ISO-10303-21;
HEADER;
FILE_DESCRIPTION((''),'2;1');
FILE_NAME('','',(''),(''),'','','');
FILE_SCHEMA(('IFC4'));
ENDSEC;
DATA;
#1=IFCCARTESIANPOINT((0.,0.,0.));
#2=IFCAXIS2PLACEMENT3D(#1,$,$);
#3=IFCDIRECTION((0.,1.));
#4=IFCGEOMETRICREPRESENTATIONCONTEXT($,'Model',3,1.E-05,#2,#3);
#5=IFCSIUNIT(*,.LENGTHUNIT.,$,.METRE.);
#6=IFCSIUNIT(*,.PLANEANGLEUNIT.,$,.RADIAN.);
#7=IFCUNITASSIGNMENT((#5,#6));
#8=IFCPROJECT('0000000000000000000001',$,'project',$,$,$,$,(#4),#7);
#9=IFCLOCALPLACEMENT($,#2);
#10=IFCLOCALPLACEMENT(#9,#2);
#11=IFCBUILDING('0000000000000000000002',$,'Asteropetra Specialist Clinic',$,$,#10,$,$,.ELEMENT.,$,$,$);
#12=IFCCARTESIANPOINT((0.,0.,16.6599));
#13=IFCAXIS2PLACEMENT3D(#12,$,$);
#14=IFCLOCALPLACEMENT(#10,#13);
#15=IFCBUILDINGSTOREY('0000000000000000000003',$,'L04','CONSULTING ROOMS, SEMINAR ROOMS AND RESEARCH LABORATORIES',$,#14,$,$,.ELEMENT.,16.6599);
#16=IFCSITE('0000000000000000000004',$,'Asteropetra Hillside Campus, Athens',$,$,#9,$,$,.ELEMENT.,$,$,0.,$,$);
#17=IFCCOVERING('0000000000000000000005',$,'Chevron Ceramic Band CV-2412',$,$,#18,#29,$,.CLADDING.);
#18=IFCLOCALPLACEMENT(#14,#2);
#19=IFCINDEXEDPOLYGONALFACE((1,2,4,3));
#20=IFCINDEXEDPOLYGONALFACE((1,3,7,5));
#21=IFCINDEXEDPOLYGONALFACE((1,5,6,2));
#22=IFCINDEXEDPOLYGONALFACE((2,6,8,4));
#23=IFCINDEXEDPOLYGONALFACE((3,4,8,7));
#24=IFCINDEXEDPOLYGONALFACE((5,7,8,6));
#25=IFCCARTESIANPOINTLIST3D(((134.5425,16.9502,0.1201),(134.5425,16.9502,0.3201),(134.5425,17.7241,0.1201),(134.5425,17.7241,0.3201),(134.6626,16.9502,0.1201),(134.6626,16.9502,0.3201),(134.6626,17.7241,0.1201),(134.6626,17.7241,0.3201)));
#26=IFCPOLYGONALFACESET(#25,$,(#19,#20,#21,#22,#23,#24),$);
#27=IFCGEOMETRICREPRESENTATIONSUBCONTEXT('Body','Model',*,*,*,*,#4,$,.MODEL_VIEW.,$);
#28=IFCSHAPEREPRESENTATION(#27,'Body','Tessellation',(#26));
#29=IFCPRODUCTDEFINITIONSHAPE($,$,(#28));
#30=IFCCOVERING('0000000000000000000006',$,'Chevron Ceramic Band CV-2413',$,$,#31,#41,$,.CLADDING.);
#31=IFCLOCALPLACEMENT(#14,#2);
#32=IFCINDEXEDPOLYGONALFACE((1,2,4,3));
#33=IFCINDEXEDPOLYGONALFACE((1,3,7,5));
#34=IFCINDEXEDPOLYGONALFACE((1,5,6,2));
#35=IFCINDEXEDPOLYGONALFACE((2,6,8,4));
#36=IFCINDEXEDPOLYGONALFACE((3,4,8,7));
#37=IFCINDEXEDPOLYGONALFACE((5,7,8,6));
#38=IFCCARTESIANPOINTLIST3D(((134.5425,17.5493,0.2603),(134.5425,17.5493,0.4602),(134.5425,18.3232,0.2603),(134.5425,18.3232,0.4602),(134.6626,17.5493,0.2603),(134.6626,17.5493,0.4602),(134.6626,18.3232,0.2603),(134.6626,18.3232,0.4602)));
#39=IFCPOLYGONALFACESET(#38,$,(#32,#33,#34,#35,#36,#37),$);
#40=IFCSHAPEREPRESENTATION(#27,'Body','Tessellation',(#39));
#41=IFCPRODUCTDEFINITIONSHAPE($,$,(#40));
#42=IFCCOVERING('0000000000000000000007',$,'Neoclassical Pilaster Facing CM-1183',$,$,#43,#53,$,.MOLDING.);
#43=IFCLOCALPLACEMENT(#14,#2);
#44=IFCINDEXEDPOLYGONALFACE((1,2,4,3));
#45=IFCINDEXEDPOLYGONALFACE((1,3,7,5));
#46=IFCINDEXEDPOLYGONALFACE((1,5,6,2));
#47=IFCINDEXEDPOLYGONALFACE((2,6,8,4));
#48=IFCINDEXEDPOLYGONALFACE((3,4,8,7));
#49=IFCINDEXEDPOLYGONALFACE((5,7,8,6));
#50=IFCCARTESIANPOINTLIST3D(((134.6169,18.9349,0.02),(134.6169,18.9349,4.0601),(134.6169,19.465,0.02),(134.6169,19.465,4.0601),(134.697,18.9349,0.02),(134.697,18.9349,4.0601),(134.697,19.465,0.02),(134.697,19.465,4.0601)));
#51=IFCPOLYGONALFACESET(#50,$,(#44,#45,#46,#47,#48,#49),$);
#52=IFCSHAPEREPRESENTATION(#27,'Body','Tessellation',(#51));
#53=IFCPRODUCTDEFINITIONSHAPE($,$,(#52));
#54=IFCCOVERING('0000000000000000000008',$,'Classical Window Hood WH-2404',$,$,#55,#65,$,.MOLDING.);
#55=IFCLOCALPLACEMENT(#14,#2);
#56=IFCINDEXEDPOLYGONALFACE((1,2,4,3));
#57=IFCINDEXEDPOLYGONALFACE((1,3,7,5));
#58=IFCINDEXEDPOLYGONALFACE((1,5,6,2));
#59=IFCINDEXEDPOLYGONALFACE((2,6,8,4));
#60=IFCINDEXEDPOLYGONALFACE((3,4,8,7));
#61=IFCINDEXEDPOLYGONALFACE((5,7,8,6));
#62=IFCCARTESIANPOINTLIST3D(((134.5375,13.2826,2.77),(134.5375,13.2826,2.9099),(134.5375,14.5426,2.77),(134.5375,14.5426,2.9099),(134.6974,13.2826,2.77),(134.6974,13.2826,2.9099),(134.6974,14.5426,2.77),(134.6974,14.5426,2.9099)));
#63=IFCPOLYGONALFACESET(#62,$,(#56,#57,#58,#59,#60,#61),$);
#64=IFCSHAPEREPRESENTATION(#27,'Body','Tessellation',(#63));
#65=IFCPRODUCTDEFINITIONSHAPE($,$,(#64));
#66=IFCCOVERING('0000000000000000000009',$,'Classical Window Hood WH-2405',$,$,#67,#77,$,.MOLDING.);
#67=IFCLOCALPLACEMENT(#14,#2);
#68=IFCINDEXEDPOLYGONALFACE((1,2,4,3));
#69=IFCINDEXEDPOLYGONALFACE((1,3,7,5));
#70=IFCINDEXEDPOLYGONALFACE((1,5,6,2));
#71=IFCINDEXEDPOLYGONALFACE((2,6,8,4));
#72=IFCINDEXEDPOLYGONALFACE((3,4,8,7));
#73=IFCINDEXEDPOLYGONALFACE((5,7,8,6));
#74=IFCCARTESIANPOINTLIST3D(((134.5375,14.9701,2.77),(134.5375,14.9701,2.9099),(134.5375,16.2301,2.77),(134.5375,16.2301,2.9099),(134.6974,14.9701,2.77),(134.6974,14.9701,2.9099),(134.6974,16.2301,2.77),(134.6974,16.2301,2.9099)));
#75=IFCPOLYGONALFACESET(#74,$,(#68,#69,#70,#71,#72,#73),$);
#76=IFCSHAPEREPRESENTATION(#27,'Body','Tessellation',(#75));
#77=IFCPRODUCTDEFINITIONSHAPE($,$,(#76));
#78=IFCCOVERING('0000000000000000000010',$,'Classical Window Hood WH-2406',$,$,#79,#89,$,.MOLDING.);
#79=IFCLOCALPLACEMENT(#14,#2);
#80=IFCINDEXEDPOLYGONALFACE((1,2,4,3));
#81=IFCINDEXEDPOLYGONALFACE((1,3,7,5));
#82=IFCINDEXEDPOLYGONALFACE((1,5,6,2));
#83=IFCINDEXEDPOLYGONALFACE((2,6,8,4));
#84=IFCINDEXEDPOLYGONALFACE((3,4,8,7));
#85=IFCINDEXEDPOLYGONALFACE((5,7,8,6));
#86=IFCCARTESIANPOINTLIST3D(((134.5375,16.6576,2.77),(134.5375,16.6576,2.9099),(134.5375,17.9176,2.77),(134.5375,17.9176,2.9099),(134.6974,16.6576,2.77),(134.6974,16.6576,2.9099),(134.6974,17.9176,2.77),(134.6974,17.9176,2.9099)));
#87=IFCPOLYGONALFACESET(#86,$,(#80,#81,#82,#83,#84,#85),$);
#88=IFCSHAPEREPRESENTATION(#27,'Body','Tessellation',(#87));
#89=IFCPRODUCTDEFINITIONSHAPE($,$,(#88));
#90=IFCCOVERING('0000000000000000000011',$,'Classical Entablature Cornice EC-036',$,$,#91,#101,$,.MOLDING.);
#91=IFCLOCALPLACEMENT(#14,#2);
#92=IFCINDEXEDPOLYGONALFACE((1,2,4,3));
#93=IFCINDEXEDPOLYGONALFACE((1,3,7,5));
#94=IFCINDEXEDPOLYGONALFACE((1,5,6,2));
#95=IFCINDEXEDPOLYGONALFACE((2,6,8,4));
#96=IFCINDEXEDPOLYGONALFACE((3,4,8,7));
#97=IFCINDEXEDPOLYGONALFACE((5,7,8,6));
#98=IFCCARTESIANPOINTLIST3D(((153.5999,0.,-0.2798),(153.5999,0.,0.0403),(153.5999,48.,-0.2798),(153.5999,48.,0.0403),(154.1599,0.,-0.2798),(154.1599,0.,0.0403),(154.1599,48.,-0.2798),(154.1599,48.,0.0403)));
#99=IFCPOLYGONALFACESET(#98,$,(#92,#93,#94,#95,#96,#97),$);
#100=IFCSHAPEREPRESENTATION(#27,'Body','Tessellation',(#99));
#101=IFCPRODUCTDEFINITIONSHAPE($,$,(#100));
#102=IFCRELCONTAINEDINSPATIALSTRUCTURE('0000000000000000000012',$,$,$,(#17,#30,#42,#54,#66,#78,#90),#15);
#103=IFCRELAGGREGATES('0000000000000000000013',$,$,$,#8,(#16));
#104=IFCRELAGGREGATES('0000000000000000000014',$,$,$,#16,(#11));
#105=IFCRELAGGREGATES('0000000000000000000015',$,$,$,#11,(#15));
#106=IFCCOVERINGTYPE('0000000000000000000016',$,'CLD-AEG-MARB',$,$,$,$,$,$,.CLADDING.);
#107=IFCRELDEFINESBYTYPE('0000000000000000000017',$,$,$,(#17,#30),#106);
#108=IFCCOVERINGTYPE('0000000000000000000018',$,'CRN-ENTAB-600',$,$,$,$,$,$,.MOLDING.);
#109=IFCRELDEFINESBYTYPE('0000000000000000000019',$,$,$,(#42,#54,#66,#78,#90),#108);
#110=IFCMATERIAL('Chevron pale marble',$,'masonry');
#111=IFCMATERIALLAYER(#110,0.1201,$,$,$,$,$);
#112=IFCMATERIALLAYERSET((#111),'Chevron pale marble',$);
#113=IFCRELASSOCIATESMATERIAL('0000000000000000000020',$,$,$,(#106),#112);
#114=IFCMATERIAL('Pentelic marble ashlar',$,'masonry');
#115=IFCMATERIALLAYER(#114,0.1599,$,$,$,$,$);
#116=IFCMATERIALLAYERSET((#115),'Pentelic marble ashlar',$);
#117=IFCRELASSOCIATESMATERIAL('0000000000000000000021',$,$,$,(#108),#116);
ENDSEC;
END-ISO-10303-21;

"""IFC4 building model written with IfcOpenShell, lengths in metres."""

from ifc_helpers import new_model, si_unit, direction, frame, origin, origin_2d, place, context, subcontext, project, spatial, rectangle, extrude, material, layer, layer_set, type_object, element, save


model = new_model("IFC4")

# Units and contexts
model_context = context("Model", 3, precision=1e-05, world=origin(), true_north=direction((0.0, 1.0)))
body_context = subcontext(model_context, "Body", "Model", "MODEL_VIEW")
ifc_project = project(units=[si_unit("LENGTHUNIT", "METRE"), si_unit("PLANEANGLEUNIT", "RADIAN")], contexts=[model_context])

# Site, building, storey
site_placement = place(None, origin())
site = spatial("IfcSite", under=ifc_project, at=site_placement, Name="Asteropetra Hillside Campus, Athens", CompositionType="ELEMENT", RefElevation=0.0)
building_placement = place(site_placement, origin())
building = spatial("IfcBuilding", under=site, at=building_placement, Name="Asteropetra Specialist Clinic", CompositionType="ELEMENT")
storey_placement = place(building_placement, frame((0.0, 0.0, 16.6599)))
storey = spatial("IfcBuildingStorey", under=building, at=storey_placement, Name="L04", Description="CONSULTING ROOMS, SEMINAR ROOMS AND RESEARCH LABORATORIES", CompositionType="ELEMENT", Elevation=16.6599)

# Coverings
ifc_material_1 = material(Name="Chevron pale marble", Category="masonry")
ifc_layer_1 = layer(ifc_material_1, 0.1201)
ifc_layer_set_1 = layer_set([ifc_layer_1], Name="Chevron pale marble")
covering_type_1 = type_object("IfcCoveringType", Name="CLD-AEG-MARB", PredefinedType="CLADDING", material=ifc_layer_set_1)
for number, where, z_axis, x_axis, name in (
    (1, (134.6025, 17.3372, 0.1201), (0.0, 0.0, 1.0), (1.0, 0.0, 0.0), "Chevron Ceramic Band CV-2412"),
    (2, (134.6025, 17.9363, 0.2603), (0.0, 0.0, 1.0), (1.0, 0.0, 0.0), "Chevron Ceramic Band CV-2413"),
):
    element("IfcCovering", number, at=place(storey_placement, frame(where, z_axis=z_axis, x_axis=x_axis)), inside=storey, type_object=covering_type_1, Name=name, PredefinedType="CLADDING", context=body_context, shape_type="SweptSolid", body=[
        extrude(rectangle(XDim=0.1201, YDim=0.7739, at=origin_2d()), origin(), (0.0, 0.0, 1.0), 0.2),
    ])
ifc_material_2 = material(Name="Pentelic marble ashlar", Category="masonry")
ifc_layer_2 = layer(ifc_material_2, 0.1599)
ifc_layer_set_2 = layer_set([ifc_layer_2], Name="Pentelic marble ashlar")
covering_type_2 = type_object("IfcCoveringType", Name="CRN-ENTAB-600", PredefinedType="MOLDING", material=ifc_layer_set_2)
covering_1_placement = place(storey_placement, frame((134.657, 19.2, 0.02), z_axis=(0.0, 0.0, 1.0), x_axis=(1.0, 0.0, 0.0)))
element("IfcCovering", 3, at=covering_1_placement, inside=storey, type_object=covering_type_2, Name="Neoclassical Pilaster Facing CM-1183", PredefinedType="MOLDING", context=body_context, shape_type="SweptSolid", body=[
    extrude(rectangle(XDim=0.0801, YDim=0.53, at=origin_2d()), origin(), (0.0, 0.0, 1.0), 4.04),
])
for number, where, z_axis, x_axis, name in (
    (4, (134.6174, 13.9126, 2.77), (0.0, 0.0, 1.0), (1.0, 0.0, 0.0), "Classical Window Hood WH-2404"),
    (5, (134.6174, 15.6001, 2.77), (0.0, 0.0, 1.0), (1.0, 0.0, 0.0), "Classical Window Hood WH-2405"),
    (6, (134.6174, 17.2876, 2.77), (0.0, 0.0, 1.0), (1.0, 0.0, 0.0), "Classical Window Hood WH-2406"),
):
    element("IfcCovering", number, at=place(storey_placement, frame(where, z_axis=z_axis, x_axis=x_axis)), inside=storey, type_object=covering_type_2, Name=name, PredefinedType="MOLDING", context=body_context, shape_type="SweptSolid", body=[
        extrude(rectangle(XDim=0.1599, YDim=1.26, at=origin_2d()), origin(), (0.0, 0.0, 1.0), 0.1399),
    ])
covering_2_placement = place(storey_placement, frame((153.8799, 24.0, -0.2798), z_axis=(0.0, 0.0, 1.0), x_axis=(1.0, 0.0, 0.0)))
element("IfcCovering", 7, at=covering_2_placement, inside=storey, type_object=covering_type_2, Name="Classical Entablature Cornice EC-036", PredefinedType="MOLDING", context=body_context, shape_type="SweptSolid", body=[
    extrude(rectangle(XDim=0.5601, YDim=48.0, at=origin_2d()), origin(), (0.0, 0.0, 1.0), 0.3201),
])

save(model, "model.ifc")
